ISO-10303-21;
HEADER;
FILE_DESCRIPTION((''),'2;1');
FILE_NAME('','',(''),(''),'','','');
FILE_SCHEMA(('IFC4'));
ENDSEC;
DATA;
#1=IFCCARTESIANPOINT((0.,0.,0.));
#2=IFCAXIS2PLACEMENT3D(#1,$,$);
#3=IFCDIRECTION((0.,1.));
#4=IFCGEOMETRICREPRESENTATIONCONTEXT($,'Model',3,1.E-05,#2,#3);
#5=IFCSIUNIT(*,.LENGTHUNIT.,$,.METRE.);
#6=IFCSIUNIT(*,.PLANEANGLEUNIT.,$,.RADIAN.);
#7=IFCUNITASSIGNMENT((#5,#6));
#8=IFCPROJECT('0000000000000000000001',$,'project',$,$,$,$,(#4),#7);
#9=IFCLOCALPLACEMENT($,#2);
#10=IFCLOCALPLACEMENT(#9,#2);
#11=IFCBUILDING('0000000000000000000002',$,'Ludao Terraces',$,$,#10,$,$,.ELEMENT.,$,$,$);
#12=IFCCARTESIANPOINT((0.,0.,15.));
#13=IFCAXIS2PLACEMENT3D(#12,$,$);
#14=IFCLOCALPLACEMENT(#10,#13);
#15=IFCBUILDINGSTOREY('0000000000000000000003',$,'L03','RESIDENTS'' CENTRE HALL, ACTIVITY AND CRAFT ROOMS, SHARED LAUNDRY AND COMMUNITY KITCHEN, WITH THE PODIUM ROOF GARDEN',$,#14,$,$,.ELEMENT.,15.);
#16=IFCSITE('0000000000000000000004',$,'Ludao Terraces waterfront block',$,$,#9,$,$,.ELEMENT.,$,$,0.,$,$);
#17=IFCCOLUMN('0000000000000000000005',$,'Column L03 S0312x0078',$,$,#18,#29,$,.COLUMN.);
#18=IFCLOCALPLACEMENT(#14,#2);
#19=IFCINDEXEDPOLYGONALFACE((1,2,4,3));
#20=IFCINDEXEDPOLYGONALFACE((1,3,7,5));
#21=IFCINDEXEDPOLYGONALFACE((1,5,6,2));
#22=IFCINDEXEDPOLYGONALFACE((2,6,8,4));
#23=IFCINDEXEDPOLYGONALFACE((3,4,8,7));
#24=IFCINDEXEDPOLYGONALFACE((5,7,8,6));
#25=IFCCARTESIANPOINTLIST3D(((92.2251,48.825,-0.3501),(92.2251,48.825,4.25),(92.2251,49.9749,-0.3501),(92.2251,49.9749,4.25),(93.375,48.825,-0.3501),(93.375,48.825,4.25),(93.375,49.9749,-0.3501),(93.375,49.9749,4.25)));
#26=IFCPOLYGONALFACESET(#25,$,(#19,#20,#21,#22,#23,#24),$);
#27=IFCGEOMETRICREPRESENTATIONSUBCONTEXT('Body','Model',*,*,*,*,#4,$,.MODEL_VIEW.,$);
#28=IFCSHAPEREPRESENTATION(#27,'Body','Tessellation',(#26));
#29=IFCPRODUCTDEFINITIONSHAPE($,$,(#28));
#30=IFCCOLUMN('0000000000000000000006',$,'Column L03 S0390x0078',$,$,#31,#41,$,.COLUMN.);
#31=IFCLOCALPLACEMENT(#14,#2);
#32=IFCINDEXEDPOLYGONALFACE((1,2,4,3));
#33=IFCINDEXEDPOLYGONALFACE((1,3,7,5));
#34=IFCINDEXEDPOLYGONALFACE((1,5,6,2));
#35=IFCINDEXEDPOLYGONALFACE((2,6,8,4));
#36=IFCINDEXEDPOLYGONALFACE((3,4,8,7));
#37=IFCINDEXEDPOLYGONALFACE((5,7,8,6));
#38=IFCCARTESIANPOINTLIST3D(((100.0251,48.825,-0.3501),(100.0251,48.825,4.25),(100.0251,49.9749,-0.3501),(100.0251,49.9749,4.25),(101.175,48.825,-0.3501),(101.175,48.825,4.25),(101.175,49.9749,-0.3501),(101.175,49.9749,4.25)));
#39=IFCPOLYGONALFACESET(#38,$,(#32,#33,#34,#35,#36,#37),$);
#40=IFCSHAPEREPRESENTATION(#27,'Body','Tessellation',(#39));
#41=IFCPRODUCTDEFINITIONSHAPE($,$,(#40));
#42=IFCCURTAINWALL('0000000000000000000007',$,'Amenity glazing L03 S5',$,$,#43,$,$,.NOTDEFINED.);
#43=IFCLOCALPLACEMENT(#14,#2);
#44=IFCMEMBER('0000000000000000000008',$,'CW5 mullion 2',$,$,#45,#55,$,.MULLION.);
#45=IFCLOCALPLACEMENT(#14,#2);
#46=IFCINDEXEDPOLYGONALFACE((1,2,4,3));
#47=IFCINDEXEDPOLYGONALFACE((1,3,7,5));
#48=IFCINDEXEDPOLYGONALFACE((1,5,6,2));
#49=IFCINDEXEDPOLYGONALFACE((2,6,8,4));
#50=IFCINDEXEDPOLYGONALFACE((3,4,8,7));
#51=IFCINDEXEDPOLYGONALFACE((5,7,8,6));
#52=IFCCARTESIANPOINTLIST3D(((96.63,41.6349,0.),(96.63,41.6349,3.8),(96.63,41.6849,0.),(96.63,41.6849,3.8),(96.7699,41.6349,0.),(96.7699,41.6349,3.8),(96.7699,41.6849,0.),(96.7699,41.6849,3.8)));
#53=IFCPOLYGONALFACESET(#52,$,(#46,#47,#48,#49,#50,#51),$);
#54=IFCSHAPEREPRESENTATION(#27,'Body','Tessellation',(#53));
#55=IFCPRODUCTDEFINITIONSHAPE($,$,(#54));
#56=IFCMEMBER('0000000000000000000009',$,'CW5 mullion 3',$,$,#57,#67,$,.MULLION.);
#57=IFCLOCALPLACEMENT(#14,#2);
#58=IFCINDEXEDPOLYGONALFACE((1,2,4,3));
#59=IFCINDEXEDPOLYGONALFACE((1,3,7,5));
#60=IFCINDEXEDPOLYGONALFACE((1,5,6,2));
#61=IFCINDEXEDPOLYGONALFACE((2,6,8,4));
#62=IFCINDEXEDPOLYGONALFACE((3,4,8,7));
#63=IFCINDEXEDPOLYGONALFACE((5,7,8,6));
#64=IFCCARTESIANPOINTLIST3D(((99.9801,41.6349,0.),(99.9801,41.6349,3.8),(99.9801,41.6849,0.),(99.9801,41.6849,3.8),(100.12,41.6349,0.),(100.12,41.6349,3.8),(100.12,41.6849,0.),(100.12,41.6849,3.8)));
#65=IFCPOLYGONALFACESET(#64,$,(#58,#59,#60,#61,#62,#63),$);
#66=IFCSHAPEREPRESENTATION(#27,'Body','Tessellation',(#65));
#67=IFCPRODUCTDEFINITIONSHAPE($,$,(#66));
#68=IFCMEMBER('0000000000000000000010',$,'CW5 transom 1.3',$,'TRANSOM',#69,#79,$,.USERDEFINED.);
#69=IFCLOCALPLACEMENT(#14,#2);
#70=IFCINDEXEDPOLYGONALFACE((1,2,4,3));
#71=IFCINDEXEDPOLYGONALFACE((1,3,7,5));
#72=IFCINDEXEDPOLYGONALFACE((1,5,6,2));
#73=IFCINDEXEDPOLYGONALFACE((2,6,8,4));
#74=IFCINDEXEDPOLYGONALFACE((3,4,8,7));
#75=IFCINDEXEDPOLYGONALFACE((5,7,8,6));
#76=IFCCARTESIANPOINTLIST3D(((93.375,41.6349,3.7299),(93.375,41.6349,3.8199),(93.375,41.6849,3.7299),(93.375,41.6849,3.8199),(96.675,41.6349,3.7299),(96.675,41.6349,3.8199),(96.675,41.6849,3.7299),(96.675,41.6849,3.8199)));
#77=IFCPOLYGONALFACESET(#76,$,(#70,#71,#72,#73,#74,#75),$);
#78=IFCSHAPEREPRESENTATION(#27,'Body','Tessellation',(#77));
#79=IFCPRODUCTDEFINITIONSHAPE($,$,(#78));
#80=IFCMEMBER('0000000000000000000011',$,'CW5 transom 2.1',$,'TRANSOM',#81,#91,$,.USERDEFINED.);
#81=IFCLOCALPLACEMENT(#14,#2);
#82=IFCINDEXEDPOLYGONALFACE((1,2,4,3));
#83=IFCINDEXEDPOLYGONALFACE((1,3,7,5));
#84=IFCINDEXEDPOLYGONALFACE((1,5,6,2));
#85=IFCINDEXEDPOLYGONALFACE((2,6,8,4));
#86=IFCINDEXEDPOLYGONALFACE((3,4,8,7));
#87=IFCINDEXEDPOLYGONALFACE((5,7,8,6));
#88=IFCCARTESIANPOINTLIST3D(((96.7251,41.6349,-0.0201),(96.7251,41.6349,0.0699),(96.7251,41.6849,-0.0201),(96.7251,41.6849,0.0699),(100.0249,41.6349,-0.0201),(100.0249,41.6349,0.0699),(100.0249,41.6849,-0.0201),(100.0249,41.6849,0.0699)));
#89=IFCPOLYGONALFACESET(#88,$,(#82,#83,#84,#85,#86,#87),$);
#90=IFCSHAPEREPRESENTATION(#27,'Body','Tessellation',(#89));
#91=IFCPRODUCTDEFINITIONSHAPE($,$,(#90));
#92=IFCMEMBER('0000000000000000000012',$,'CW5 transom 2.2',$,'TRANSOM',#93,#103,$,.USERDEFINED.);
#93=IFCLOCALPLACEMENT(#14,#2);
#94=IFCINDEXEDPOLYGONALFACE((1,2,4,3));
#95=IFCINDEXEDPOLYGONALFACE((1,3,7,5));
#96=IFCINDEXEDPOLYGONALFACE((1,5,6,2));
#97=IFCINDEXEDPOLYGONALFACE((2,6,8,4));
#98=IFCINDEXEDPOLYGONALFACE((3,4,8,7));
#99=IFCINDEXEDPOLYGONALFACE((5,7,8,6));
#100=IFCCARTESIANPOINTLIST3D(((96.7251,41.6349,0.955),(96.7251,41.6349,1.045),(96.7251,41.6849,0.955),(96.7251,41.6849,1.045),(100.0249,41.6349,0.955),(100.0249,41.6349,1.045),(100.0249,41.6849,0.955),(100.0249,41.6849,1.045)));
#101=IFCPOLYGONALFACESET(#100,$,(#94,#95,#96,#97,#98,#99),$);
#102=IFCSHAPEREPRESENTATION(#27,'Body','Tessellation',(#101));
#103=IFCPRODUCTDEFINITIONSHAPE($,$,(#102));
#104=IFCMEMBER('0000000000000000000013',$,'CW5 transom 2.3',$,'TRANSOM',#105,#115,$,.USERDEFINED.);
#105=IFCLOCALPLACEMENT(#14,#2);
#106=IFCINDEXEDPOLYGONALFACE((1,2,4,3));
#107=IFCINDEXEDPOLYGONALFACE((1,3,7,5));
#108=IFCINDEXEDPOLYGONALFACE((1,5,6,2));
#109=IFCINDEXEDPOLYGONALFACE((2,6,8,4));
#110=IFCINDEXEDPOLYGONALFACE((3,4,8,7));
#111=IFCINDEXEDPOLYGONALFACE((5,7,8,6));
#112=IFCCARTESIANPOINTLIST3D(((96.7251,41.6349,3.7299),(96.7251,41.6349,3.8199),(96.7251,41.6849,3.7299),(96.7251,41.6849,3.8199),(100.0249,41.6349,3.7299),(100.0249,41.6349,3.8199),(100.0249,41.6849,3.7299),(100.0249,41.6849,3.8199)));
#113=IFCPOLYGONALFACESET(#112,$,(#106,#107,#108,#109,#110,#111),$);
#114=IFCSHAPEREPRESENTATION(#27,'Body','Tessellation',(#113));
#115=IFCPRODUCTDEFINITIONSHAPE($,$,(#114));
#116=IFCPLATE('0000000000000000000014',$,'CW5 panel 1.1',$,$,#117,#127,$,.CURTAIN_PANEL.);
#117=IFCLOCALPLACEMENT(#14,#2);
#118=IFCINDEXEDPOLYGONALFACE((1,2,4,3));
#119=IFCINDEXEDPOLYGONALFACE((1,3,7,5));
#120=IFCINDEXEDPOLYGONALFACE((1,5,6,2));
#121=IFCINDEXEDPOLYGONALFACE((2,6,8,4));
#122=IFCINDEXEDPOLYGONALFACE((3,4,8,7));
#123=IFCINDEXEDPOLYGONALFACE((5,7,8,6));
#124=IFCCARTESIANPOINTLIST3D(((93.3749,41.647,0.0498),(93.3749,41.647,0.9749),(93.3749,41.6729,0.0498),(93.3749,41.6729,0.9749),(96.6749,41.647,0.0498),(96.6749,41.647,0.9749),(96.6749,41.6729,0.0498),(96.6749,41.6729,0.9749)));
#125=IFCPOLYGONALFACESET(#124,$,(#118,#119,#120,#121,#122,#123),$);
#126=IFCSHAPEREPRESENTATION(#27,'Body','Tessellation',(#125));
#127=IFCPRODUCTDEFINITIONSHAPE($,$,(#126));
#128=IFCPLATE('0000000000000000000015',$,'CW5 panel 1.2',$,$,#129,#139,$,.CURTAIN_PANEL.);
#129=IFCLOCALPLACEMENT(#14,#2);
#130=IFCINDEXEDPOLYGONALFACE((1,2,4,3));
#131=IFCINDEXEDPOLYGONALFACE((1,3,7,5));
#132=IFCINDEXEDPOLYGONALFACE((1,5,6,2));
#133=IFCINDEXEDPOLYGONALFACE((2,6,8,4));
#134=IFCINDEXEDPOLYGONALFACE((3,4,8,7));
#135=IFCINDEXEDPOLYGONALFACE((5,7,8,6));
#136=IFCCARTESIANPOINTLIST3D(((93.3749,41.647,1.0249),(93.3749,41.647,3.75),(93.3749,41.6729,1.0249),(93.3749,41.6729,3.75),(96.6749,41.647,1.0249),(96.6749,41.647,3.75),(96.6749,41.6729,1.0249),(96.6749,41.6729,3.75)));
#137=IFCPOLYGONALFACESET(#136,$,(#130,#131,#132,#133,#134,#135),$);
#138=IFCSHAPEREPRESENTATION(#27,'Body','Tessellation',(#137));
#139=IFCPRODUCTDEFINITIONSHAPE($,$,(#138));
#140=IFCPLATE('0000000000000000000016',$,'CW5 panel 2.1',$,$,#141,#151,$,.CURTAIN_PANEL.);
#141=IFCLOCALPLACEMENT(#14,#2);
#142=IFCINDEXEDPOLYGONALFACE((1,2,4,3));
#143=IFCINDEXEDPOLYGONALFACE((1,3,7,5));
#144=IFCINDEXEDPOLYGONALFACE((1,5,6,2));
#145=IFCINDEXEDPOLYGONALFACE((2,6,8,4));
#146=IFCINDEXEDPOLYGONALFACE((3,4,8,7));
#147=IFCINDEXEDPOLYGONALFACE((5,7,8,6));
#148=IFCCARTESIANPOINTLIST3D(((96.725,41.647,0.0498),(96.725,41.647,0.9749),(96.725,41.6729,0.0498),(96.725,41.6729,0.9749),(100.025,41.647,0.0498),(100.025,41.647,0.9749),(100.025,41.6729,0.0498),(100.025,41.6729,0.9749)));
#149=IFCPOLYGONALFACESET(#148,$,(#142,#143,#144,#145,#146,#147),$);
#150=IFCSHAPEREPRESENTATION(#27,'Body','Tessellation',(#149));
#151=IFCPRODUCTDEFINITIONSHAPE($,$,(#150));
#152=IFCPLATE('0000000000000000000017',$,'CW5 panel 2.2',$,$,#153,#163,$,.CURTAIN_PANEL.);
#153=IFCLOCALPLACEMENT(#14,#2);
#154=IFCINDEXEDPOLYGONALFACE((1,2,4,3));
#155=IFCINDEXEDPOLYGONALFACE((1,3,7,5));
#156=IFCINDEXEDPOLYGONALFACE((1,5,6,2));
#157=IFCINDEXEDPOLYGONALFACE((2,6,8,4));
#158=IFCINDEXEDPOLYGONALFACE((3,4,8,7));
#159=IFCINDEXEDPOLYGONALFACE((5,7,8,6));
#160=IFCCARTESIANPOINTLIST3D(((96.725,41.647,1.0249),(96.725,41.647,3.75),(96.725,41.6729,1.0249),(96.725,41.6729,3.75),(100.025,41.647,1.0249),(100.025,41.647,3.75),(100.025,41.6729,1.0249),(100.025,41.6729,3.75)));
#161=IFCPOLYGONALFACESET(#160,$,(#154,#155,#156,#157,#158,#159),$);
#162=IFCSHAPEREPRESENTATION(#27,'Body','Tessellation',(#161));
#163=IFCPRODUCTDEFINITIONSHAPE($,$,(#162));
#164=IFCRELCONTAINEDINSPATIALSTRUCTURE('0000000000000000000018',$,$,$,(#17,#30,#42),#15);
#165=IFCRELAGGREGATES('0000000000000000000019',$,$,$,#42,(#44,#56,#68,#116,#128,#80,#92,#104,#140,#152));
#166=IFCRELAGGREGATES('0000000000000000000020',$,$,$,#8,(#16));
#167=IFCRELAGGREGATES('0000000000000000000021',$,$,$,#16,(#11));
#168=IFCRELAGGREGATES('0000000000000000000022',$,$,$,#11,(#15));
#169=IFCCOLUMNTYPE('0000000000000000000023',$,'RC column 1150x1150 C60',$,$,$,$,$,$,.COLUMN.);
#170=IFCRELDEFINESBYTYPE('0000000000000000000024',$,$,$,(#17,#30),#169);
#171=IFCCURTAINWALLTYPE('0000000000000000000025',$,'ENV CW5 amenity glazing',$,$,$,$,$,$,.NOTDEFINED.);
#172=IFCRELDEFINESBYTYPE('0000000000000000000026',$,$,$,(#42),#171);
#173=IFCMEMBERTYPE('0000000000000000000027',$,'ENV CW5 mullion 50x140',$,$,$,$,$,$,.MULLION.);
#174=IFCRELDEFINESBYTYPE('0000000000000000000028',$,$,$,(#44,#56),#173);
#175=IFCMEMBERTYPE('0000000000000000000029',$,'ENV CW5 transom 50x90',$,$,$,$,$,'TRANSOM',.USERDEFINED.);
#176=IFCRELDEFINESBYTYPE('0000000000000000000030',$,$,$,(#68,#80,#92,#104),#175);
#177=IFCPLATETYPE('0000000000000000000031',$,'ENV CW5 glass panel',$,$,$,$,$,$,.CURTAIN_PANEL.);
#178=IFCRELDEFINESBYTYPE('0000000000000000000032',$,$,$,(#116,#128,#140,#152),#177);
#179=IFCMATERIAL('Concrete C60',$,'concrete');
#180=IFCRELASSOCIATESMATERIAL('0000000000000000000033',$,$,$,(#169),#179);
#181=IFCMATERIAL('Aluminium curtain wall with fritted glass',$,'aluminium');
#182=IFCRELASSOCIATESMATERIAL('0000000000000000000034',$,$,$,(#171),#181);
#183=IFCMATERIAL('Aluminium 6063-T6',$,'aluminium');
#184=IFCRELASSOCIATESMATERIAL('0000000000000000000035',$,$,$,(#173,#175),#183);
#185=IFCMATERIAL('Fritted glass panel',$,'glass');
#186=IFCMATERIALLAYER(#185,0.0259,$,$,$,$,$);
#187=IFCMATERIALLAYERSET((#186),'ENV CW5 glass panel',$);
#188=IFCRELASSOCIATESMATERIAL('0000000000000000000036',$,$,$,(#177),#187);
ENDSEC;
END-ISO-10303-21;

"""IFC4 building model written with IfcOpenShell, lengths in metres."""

from ifc_helpers import new_model, si_unit, direction, frame, origin, origin_2d, place, context, subcontext, project, spatial, rectangle, extrude, material, layer, layer_set, material_profile, profile_set, type_object, element, aggregate, save


model = new_model("IFC4")

# Units and contexts
model_context = context("Model", 3, precision=1e-05, world=origin(), true_north=direction((0.0, 1.0)))
body_context = subcontext(model_context, "Body", "Model", "MODEL_VIEW")
ifc_project = project(units=[si_unit("LENGTHUNIT", "METRE"), si_unit("PLANEANGLEUNIT", "RADIAN")], contexts=[model_context])

# Site, building, storey
site_placement = place(None, origin())
site = spatial("IfcSite", under=ifc_project, at=site_placement, Name="Ludao Terraces waterfront block", CompositionType="ELEMENT", RefElevation=0.0)
building_placement = place(site_placement, origin())
building = spatial("IfcBuilding", under=site, at=building_placement, Name="Ludao Terraces", CompositionType="ELEMENT")
storey_placement = place(building_placement, frame((0.0, 0.0, 15.0)))
storey = spatial("IfcBuildingStorey", under=building, at=storey_placement, Name="L03", Description="RESIDENTS' CENTRE HALL, ACTIVITY AND CRAFT ROOMS, SHARED LAUNDRY AND COMMUNITY KITCHEN, WITH THE PODIUM ROOF GARDEN", CompositionType="ELEMENT", Elevation=15.0)

# Columns
ifc_material_1 = material(Name="Concrete C60", Category="concrete")
ifc_material_profile_1 = material_profile(ifc_material_1, rectangle(XDim=1.1499, YDim=1.1499, at=origin_2d()), Name="1150 X 1150")
ifc_profile_set_1 = profile_set([ifc_material_profile_1], Name="Concrete C60")
column_type = type_object("IfcColumnType", Name="RC column 1150x1150 C60", PredefinedType="COLUMN", material=ifc_profile_set_1)
for number, where, z_axis, x_axis, name in (
    (1, (92.8, 49.3999, -0.3501), (0.0, 0.0, 1.0), (1.0, 0.0, 0.0), "Column L03 S0312x0078"),
    (2, (100.6001, 49.3999, -0.3501), (0.0, 0.0, 1.0), (1.0, 0.0, 0.0), "Column L03 S0390x0078"),
):
    element("IfcColumn", number, at=place(storey_placement, frame(where, z_axis=z_axis, x_axis=x_axis)), inside=storey, type_object=column_type, Name=name, PredefinedType="COLUMN", context=body_context, shape_type="SweptSolid", body=[
        extrude(rectangle(XDim=1.1499, YDim=1.1499, at=origin_2d()), origin(), (0.0, 0.0, 1.0), 4.6001),
    ])

# Curtain wall, members, plates
ifc_material_2 = material(Name="Aluminium curtain wall with fritted glass", Category="aluminium")
curtain_wall_type = type_object("IfcCurtainWallType", Name="ENV CW5 amenity glazing", PredefinedType="NOTDEFINED", material=ifc_material_2)
curtain_wall_placement = place(storey_placement, origin())
curtain_wall = element("IfcCurtainWall", 3, at=curtain_wall_placement, inside=storey, type_object=curtain_wall_type, Name="Amenity glazing L03 S5", PredefinedType="NOTDEFINED")
ifc_material_3 = material(Name="Aluminium 6063-T6", Category="aluminium")
ifc_material_profile_2 = material_profile(ifc_material_3, rectangle(XDim=0.05, YDim=0.1399, at=origin_2d()), Name="50 X 140")
ifc_profile_set_2 = profile_set([ifc_material_profile_2], Name="Aluminium 6063-T6")
member_type_1 = type_object("IfcMemberType", Name="ENV CW5 mullion 50x140", PredefinedType="MULLION", material=ifc_profile_set_2)
member_1_placement = place(storey_placement, frame((96.7, 41.6599, 0.0), z_axis=(0.0, 0.0, 1.0), x_axis=(0.0, 1.0, 0.0)))
member_1 = element("IfcMember", 4, at=member_1_placement, type_object=member_type_1, Name="CW5 mullion 2", PredefinedType="MULLION", context=body_context, shape_type="SweptSolid", body=[
    extrude(rectangle(XDim=0.05, YDim=0.1399, at=origin_2d()), origin(), (0.0, 0.0, 1.0), 3.8),
])
member_2_placement = place(storey_placement, frame((100.05, 41.6599, 0.0), z_axis=(0.0, 0.0, 1.0), x_axis=(0.0, 1.0, 0.0)))
member_2 = element("IfcMember", 5, at=member_2_placement, type_object=member_type_1, Name="CW5 mullion 3", PredefinedType="MULLION", context=body_context, shape_type="SweptSolid", body=[
    extrude(rectangle(XDim=0.05, YDim=0.1399, at=origin_2d()), origin(), (0.0, 0.0, 1.0), 3.8),
])
ifc_material_profile_3 = material_profile(ifc_material_3, rectangle(XDim=0.05, YDim=0.0901, at=origin_2d()), Name="50 X 90")
ifc_profile_set_3 = profile_set([ifc_material_profile_3], Name="Aluminium 6063-T6")
member_type_2 = type_object("IfcMemberType", Name="ENV CW5 transom 50x90", ElementType="TRANSOM", PredefinedType="USERDEFINED", material=ifc_profile_set_3)
member_3_placement = place(storey_placement, frame((93.375, 41.6599, 3.7749), z_axis=(1.0, 0.0, 0.0), x_axis=(0.0, 1.0, 0.0)))
member_3 = element("IfcMember", 6, at=member_3_placement, type_object=member_type_2, Name="CW5 transom 1.3", ObjectType="TRANSOM", PredefinedType="USERDEFINED", context=body_context, shape_type="SweptSolid", body=[
    extrude(rectangle(XDim=0.05, YDim=0.0901, at=origin_2d()), origin(), (0.0, 0.0, 1.0), 3.3),
])
member_4_placement = place(storey_placement, frame((96.7251, 41.6599, 0.0249), z_axis=(1.0, 0.0, 0.0), x_axis=(0.0, 1.0, 0.0)))
member_4 = element("IfcMember", 7, at=member_4_placement, type_object=member_type_2, Name="CW5 transom 2.1", ObjectType="TRANSOM", PredefinedType="USERDEFINED", context=body_context, shape_type="SweptSolid", body=[
    extrude(rectangle(XDim=0.05, YDim=0.0901, at=origin_2d()), origin(), (0.0, 0.0, 1.0), 3.2998),
])
member_5_placement = place(storey_placement, frame((96.7251, 41.6599, 1.0), z_axis=(1.0, 0.0, 0.0), x_axis=(0.0, 1.0, 0.0)))
member_5 = element("IfcMember", 8, at=member_5_placement, type_object=member_type_2, Name="CW5 transom 2.2", ObjectType="TRANSOM", PredefinedType="USERDEFINED", context=body_context, shape_type="SweptSolid", body=[
    extrude(rectangle(XDim=0.05, YDim=0.0901, at=origin_2d()), origin(), (0.0, 0.0, 1.0), 3.2998),
])
member_6_placement = place(storey_placement, frame((96.7251, 41.6599, 3.7749), z_axis=(1.0, 0.0, 0.0), x_axis=(0.0, 1.0, 0.0)))
member_6 = element("IfcMember", 9, at=member_6_placement, type_object=member_type_2, Name="CW5 transom 2.3", ObjectType="TRANSOM", PredefinedType="USERDEFINED", context=body_context, shape_type="SweptSolid", body=[
    extrude(rectangle(XDim=0.05, YDim=0.0901, at=origin_2d()), origin(), (0.0, 0.0, 1.0), 3.2998),
])
ifc_material_4 = material(Name="Fritted glass panel", Category="glass")
ifc_layer_1 = layer(ifc_material_4, 0.0259)
ifc_layer_set_1 = layer_set([ifc_layer_1], Name="ENV CW5 glass panel")
plate_type = type_object("IfcPlateType", Name="ENV CW5 glass panel", PredefinedType="CURTAIN_PANEL", material=ifc_layer_set_1)
plate_1_placement = place(storey_placement, frame((95.0249, 41.6599, 0.0498), z_axis=(0.0, 0.0, 1.0), x_axis=(1.0, 0.0, 0.0)))
plate_1 = element("IfcPlate", 10, at=plate_1_placement, type_object=plate_type, Name="CW5 panel 1.1", PredefinedType="CURTAIN_PANEL", context=body_context, shape_type="SweptSolid", body=[
    extrude(rectangle(XDim=3.3, YDim=0.0259, at=origin_2d()), origin(), (0.0, 0.0, 1.0), 0.925),
])
plate_2_placement = place(storey_placement, frame((95.0249, 41.6599, 1.0249), z_axis=(0.0, 0.0, 1.0), x_axis=(1.0, 0.0, 0.0)))
plate_2 = element("IfcPlate", 11, at=plate_2_placement, type_object=plate_type, Name="CW5 panel 1.2", PredefinedType="CURTAIN_PANEL", context=body_context, shape_type="SweptSolid", body=[
    extrude(rectangle(XDim=3.3, YDim=0.0259, at=origin_2d()), origin(), (0.0, 0.0, 1.0), 2.7251),
])
plate_3_placement = place(storey_placement, frame((98.375, 41.6599, 0.0498), z_axis=(0.0, 0.0, 1.0), x_axis=(1.0, 0.0, 0.0)))
plate_3 = element("IfcPlate", 12, at=plate_3_placement, type_object=plate_type, Name="CW5 panel 2.1", PredefinedType="CURTAIN_PANEL", context=body_context, shape_type="SweptSolid", body=[
    extrude(rectangle(XDim=3.3, YDim=0.0259, at=origin_2d()), origin(), (0.0, 0.0, 1.0), 0.925),
])
plate_4_placement = place(storey_placement, frame((98.375, 41.6599, 1.0249), z_axis=(0.0, 0.0, 1.0), x_axis=(1.0, 0.0, 0.0)))
plate_4 = element("IfcPlate", 13, at=plate_4_placement, type_object=plate_type, Name="CW5 panel 2.2", PredefinedType="CURTAIN_PANEL", context=body_context, shape_type="SweptSolid", body=[
    extrude(rectangle(XDim=3.3, YDim=0.0259, at=origin_2d()), origin(), (0.0, 0.0, 1.0), 2.7251),
])
aggregate(curtain_wall, [member_1, member_2, member_3, plate_1, plate_2, member_4, member_5, member_6, plate_3, plate_4])

save(model, "model.ifc")
